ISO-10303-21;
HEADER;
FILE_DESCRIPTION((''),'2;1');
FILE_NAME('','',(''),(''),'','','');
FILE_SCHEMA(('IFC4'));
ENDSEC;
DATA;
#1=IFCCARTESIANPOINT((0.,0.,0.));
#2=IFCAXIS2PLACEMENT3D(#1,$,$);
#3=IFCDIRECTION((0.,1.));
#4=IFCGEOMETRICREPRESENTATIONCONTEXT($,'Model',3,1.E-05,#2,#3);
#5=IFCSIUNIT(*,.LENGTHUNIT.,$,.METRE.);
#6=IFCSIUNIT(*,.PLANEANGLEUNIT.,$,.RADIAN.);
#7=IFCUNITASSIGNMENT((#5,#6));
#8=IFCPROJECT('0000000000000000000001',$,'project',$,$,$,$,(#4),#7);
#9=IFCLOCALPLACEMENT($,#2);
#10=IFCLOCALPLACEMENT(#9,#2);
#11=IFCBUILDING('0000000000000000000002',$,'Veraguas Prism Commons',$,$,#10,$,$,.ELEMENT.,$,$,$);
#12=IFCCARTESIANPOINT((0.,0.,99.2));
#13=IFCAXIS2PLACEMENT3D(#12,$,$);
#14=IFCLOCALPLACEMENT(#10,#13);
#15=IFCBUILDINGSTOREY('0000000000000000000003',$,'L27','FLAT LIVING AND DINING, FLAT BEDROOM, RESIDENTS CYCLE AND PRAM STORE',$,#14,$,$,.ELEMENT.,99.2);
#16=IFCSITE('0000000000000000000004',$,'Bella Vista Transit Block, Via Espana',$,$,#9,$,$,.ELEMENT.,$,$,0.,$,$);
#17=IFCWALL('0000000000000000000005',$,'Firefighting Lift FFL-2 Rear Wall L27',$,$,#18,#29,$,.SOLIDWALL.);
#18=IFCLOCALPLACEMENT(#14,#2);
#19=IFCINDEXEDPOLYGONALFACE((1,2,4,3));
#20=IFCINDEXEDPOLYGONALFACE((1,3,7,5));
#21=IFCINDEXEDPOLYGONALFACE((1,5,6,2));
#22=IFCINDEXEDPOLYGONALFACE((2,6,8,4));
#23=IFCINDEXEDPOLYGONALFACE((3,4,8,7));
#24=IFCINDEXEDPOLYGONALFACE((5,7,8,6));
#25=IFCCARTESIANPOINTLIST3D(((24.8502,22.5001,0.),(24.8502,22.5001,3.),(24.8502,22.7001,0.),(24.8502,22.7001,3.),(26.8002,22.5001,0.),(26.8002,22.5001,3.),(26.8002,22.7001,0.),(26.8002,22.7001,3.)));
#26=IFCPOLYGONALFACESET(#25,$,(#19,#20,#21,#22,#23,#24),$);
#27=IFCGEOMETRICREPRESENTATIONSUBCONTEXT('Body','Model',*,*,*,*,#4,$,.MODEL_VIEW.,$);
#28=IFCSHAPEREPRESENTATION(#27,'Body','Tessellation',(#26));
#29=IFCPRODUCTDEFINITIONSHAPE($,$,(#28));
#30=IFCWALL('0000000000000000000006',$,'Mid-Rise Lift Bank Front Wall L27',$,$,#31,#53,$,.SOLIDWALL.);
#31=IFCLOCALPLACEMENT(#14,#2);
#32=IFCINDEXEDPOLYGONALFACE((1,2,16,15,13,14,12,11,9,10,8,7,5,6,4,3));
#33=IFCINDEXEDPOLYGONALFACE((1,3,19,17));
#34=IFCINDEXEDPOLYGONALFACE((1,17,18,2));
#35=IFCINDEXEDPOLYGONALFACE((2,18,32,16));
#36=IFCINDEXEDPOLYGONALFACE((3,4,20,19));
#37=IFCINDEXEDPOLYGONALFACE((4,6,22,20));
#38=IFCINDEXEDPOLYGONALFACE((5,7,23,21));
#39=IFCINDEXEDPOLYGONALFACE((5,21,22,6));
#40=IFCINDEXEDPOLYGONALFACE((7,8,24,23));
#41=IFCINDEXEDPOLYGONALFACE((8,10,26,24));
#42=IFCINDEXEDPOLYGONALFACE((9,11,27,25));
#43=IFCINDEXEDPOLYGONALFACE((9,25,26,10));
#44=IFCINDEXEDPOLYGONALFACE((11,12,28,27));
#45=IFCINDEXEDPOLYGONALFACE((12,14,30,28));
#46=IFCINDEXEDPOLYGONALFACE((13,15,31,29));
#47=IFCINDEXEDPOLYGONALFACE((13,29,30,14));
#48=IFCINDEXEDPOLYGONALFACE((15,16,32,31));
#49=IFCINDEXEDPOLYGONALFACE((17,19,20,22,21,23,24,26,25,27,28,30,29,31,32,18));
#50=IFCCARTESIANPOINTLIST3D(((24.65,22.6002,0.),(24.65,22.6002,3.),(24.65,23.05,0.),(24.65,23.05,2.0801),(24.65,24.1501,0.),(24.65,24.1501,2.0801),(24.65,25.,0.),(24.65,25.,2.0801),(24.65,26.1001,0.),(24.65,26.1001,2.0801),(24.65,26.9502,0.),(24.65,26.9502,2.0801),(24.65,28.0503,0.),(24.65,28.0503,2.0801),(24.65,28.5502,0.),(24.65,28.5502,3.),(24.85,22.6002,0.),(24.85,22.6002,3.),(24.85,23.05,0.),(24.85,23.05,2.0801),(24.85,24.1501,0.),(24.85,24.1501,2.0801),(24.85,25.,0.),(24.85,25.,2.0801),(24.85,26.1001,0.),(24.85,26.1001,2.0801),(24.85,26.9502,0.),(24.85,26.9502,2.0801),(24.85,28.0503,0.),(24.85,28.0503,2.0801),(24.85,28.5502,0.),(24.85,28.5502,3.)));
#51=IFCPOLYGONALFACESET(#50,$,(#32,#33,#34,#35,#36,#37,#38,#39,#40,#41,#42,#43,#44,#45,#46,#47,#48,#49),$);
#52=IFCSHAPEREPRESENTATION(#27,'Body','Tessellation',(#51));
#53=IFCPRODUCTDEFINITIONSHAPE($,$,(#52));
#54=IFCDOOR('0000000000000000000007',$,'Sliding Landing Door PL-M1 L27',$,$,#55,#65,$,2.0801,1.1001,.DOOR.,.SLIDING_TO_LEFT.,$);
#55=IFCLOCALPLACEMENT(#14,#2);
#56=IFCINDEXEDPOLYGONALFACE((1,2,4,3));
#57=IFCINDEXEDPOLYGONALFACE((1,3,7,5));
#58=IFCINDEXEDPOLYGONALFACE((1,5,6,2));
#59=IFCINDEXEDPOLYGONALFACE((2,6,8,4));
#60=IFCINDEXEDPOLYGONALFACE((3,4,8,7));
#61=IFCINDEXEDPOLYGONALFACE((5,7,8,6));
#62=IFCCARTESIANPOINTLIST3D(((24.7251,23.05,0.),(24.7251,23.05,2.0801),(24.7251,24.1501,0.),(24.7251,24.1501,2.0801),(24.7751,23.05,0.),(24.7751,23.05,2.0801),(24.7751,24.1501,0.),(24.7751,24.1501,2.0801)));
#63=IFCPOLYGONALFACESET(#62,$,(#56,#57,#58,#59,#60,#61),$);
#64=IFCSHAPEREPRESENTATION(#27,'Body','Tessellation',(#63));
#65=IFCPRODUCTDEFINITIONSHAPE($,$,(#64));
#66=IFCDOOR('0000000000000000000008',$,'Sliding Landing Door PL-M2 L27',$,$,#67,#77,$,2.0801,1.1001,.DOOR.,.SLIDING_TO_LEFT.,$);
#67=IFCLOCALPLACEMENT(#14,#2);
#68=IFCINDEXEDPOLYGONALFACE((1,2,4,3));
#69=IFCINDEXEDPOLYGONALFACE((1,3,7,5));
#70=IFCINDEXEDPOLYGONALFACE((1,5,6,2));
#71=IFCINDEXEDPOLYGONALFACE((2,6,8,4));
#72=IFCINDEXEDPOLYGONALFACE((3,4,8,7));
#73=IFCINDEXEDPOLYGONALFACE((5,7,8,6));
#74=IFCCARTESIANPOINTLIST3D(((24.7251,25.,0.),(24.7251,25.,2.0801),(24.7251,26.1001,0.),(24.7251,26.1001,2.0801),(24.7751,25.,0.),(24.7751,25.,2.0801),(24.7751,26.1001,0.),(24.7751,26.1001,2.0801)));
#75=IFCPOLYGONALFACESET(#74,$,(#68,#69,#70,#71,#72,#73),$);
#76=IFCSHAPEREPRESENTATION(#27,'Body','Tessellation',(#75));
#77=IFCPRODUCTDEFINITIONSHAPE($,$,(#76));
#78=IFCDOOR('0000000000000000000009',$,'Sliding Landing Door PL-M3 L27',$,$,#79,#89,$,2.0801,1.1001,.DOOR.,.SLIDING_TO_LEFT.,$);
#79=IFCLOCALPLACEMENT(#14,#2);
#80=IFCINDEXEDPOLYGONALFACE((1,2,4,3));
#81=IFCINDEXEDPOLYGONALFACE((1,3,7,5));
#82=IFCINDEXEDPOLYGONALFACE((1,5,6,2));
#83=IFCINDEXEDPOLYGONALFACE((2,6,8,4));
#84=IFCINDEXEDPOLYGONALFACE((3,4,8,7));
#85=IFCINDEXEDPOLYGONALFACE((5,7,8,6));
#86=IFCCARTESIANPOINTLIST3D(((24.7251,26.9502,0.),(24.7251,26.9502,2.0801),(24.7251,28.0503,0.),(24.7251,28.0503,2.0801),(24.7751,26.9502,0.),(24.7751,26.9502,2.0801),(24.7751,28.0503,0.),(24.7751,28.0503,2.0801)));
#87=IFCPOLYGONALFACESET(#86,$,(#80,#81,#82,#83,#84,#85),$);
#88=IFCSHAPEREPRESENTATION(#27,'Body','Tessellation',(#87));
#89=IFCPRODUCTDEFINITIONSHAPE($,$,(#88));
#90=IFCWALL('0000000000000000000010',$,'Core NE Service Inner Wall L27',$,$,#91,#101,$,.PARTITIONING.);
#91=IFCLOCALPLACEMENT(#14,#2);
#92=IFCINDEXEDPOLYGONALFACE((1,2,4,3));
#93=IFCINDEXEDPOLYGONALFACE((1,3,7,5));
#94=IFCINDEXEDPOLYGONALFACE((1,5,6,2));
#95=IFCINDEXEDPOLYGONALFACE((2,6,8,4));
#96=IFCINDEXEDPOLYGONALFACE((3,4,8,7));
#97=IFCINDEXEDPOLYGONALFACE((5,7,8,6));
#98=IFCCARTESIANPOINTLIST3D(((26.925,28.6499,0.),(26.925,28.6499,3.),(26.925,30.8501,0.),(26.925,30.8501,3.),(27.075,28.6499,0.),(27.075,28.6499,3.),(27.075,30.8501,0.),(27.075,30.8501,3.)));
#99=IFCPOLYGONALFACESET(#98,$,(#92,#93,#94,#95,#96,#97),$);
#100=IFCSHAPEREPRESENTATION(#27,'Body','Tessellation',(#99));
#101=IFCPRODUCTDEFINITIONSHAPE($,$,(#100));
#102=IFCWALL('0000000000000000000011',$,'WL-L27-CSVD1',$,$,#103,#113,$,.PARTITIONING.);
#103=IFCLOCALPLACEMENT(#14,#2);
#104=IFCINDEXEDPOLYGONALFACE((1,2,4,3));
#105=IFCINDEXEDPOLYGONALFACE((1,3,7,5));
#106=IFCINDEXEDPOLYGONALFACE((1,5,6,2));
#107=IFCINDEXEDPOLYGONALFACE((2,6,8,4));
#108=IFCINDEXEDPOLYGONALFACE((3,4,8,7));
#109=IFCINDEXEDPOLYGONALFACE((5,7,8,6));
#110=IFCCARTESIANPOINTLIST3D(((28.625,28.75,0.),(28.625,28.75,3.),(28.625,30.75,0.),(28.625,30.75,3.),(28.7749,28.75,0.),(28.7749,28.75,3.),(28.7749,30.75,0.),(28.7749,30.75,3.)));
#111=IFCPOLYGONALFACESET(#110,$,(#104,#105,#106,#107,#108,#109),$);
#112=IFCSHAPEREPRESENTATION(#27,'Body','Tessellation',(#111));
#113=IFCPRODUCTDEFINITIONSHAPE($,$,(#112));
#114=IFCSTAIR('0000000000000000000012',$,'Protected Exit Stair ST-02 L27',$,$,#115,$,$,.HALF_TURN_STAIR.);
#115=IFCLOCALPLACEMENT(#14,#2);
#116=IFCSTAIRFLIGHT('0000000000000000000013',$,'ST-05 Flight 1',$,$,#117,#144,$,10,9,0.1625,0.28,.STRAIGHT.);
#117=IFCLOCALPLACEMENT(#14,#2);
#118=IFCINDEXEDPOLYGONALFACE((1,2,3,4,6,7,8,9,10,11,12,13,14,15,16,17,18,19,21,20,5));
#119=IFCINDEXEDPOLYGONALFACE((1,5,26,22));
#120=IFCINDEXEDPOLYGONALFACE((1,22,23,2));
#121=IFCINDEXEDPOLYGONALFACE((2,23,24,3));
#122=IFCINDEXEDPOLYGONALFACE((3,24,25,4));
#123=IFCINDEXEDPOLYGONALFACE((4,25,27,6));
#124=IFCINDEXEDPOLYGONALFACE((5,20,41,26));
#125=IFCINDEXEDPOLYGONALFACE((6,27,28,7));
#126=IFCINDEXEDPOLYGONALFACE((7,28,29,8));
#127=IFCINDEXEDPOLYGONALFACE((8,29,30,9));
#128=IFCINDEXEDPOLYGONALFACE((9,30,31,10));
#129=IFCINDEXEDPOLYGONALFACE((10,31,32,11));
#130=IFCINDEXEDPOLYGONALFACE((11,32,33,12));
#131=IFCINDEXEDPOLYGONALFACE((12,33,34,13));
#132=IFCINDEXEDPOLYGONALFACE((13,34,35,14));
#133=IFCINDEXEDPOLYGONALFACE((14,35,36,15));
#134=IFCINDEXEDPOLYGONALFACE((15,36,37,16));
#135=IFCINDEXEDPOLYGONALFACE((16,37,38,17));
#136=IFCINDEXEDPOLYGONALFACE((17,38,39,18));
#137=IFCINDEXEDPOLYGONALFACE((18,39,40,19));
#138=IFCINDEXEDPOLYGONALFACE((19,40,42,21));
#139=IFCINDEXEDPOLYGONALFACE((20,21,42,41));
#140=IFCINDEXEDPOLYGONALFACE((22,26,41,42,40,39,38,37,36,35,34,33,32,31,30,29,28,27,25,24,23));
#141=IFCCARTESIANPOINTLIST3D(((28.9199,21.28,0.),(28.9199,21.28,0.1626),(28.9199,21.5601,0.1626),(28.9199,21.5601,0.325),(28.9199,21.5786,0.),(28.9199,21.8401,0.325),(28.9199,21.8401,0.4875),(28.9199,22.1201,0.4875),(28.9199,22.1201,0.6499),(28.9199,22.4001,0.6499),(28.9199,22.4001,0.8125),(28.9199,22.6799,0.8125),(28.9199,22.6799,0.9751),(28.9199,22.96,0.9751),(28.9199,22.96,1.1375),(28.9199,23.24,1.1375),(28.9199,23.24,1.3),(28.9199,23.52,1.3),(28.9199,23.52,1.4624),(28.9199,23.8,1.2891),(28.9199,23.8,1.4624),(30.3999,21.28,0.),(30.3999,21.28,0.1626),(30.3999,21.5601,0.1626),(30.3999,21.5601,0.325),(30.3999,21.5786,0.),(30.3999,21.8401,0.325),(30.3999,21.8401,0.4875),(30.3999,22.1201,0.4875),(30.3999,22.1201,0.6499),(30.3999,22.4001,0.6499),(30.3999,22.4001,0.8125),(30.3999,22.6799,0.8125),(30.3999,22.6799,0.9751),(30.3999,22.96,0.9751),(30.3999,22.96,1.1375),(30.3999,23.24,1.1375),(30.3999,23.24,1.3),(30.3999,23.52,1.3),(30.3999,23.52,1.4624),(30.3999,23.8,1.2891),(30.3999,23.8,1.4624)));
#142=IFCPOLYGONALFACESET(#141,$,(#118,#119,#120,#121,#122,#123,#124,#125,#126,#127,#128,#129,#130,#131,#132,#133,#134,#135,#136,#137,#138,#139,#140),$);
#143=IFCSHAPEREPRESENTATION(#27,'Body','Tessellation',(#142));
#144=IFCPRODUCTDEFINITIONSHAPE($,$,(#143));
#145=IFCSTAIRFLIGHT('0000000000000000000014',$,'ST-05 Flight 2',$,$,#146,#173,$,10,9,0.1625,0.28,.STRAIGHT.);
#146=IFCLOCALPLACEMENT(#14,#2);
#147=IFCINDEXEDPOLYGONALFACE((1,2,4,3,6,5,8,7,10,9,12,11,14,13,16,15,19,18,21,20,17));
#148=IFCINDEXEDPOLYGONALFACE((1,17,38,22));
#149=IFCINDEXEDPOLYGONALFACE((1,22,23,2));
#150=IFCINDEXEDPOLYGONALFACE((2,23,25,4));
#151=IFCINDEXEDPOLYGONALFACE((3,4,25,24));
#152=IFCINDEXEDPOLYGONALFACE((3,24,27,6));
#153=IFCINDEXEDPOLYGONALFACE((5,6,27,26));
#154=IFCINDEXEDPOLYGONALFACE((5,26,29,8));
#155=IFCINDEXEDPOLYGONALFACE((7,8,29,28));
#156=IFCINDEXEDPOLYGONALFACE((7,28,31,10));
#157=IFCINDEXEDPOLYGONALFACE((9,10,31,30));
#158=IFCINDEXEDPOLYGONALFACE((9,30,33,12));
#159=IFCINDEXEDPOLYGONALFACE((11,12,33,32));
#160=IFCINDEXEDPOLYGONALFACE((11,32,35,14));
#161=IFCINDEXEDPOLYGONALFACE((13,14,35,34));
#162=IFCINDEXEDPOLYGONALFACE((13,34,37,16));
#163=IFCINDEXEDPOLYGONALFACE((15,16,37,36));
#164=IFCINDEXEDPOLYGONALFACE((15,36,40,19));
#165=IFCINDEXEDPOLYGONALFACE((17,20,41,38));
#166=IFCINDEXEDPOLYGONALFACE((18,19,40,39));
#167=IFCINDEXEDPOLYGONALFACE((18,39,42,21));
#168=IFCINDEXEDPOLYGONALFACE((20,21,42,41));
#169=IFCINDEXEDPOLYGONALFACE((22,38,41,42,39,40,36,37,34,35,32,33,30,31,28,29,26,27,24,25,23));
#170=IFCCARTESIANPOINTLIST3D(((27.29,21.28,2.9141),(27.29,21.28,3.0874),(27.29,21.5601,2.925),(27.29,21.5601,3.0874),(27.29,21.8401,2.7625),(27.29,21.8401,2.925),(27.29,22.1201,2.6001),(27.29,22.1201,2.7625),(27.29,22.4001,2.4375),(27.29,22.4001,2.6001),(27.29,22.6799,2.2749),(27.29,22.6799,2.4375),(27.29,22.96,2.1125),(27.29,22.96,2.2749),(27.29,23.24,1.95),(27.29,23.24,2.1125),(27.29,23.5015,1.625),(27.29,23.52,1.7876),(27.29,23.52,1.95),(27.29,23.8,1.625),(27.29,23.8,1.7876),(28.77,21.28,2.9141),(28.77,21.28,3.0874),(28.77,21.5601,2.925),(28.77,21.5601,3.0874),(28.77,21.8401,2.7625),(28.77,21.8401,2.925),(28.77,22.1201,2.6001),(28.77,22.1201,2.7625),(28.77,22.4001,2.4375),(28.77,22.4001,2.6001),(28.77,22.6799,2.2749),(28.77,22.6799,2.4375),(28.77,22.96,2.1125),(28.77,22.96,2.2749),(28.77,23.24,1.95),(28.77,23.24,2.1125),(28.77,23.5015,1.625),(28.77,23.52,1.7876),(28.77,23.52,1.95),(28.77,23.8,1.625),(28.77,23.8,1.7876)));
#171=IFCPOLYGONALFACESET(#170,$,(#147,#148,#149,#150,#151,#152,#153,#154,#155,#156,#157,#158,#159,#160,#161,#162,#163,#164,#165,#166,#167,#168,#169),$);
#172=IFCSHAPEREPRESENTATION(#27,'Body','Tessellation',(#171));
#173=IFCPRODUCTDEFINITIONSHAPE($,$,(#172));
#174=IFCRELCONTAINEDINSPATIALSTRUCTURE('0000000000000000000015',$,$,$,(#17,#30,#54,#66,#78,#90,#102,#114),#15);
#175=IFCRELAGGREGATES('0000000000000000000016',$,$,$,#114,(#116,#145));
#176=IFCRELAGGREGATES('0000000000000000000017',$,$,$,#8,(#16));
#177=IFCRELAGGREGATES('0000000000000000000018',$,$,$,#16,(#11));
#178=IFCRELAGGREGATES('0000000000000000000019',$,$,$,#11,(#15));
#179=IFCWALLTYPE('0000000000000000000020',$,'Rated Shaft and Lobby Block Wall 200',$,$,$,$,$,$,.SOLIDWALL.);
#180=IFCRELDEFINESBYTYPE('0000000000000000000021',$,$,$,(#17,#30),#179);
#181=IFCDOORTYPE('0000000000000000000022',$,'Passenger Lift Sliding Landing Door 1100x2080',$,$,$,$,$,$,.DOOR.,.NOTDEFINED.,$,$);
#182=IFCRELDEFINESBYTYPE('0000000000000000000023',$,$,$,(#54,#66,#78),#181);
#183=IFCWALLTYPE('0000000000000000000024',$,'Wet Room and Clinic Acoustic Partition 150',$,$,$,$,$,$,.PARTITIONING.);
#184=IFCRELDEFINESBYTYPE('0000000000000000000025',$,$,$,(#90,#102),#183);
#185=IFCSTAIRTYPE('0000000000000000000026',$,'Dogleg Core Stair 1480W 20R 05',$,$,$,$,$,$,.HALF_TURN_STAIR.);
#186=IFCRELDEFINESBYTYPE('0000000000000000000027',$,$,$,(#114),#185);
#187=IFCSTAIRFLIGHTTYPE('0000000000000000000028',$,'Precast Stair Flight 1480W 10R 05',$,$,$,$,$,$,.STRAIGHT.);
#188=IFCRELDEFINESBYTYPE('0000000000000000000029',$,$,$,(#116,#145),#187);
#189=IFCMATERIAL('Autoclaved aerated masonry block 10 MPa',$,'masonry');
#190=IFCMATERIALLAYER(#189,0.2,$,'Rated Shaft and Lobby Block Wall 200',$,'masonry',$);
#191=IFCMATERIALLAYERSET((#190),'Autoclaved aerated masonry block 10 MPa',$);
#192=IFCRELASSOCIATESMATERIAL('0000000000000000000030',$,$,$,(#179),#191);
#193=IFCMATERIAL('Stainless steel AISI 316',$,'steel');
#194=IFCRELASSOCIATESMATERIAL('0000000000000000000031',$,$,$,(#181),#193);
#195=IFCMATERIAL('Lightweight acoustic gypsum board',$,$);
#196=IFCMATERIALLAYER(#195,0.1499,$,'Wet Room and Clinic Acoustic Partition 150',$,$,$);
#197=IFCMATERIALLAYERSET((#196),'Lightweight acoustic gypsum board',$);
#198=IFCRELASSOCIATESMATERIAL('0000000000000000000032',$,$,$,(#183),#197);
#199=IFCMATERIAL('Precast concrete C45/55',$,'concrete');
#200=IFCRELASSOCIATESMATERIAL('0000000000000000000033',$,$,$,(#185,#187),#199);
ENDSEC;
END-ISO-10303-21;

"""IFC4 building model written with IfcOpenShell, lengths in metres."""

from ifc_helpers import new_model, si_unit, direction, frame, frame_2d, origin, place, context, subcontext, project, spatial, polyline, rectangle, outline, extrude, source, transform, mapped, material, layer, layer_set, type_object, element, fill, aggregate, save


model = new_model("IFC4")

# Units and contexts
model_context = context("Model", 3, precision=1e-05, world=origin(), true_north=direction((0.0, 1.0)))
body_context = subcontext(model_context, "Body", "Model", "MODEL_VIEW")
ifc_project = project(units=[si_unit("LENGTHUNIT", "METRE"), si_unit("PLANEANGLEUNIT", "RADIAN")], contexts=[model_context])

# Site, building, storey
site_placement = place(None, origin())
site = spatial("IfcSite", under=ifc_project, at=site_placement, Name="Bella Vista Transit Block, Via Espana", CompositionType="ELEMENT", RefElevation=0.0)
building_placement = place(site_placement, origin())
building = spatial("IfcBuilding", under=site, at=building_placement, Name="Veraguas Prism Commons", CompositionType="ELEMENT")
storey_placement = place(building_placement, frame((0.0, 0.0, 99.2)))
storey = spatial("IfcBuildingStorey", under=building, at=storey_placement, Name="L27", Description="FLAT LIVING AND DINING, FLAT BEDROOM, RESIDENTS CYCLE AND PRAM STORE", CompositionType="ELEMENT", Elevation=99.2)

# Shared definitions
ifc_material_1 = material(Name="Autoclaved aerated masonry block 10 MPa", Category="masonry")

# Wall
ifc_material_2 = material(Name="Lightweight acoustic gypsum board")
ifc_layer_1 = layer(ifc_material_1, 0.2, Name="Rated Shaft and Lobby Block Wall 200", Category="masonry")
ifc_layer_set_1 = layer_set([ifc_layer_1], Name="Autoclaved aerated masonry block 10 MPa")
wall_type_1 = type_object("IfcWallType", Name="Rated Shaft and Lobby Block Wall 200", PredefinedType="SOLIDWALL", material=ifc_layer_set_1)
wall_1_placement = place(storey_placement, frame((24.8501, 22.6001, 0.0), z_axis=(0.0, 0.0, 1.0), x_axis=(1.0, 0.0, 0.0)))
element("IfcWall", 1, at=wall_1_placement, inside=storey, type_object=wall_type_1, Name="Firefighting Lift FFL-2 Rear Wall L27", PredefinedType="SOLIDWALL", context=body_context, shape_type="SweptSolid", body=[
    extrude(rectangle(XDim=1.95, YDim=0.2, at=frame_2d((0.9751, 0.0))), origin(), (0.0, 0.0, 1.0), 3.0),
])

# Wall, openings, doors
wall_2_placement = place(storey_placement, frame((24.75, 22.6001, 0.0), z_axis=(0.0, 0.0, 1.0), x_axis=(0.0, 1.0, 0.0)))
wall_2 = element("IfcWall", 2, at=wall_2_placement, inside=storey, type_object=wall_type_1, Name="Mid-Rise Lift Bank Front Wall L27", PredefinedType="SOLIDWALL", context=body_context, shape_type="SweptSolid", body=[
    extrude(rectangle(XDim=5.95, YDim=0.2, at=frame_2d((2.9751, 0.0))), origin(), (0.0, 0.0, 1.0), 3.0),
])
opening_1_placement = place(wall_2_placement, frame((0.45, 0.0, 0.0)))
opening_1 = element("IfcOpeningElement", 3, at=opening_1_placement, cuts=wall_2, PredefinedType="OPENING", context=body_context, shape_type="SweptSolid", body=[
    extrude(rectangle(XDim=1.1001, YDim=2.0801, at=frame_2d((0.55, 1.04))), frame((0.0, 0.1099, 0.0), z_axis=(0.0, -1.0, 0.0), x_axis=(1.0, 0.0, 0.0)), (0.0, 0.0, 1.0), 0.22),
])
opening_2_placement = place(wall_2_placement, frame((2.3999, 0.0, 0.0)))
opening_2 = element("IfcOpeningElement", 4, at=opening_2_placement, cuts=wall_2, PredefinedType="OPENING", context=body_context, shape_type="SweptSolid", body=[
    extrude(rectangle(XDim=1.1001, YDim=2.0801, at=frame_2d((0.55, 1.04))), frame((0.0, 0.1099, 0.0), z_axis=(0.0, -1.0, 0.0), x_axis=(1.0, 0.0, 0.0)), (0.0, 0.0, 1.0), 0.22),
])
opening_3_placement = place(wall_2_placement, frame((4.3501, 0.0, 0.0)))
opening_3 = element("IfcOpeningElement", 5, at=opening_3_placement, cuts=wall_2, PredefinedType="OPENING", context=body_context, shape_type="SweptSolid", body=[
    extrude(rectangle(XDim=1.1001, YDim=2.0801, at=frame_2d((0.55, 1.04))), frame((0.0, 0.1099, 0.0), z_axis=(0.0, -1.0, 0.0), x_axis=(1.0, 0.0, 0.0)), (0.0, 0.0, 1.0), 0.22),
])
ifc_material_3 = material(Name="Stainless steel AISI 316", Category="steel")
door_type_1 = type_object("IfcDoorType", Name="Passenger Lift Sliding Landing Door 1100x2080", OperationType="NOTDEFINED", PredefinedType="DOOR", material=ifc_material_3)
shared_shape_1 = source(origin(), body_context, "Body", "SweptSolid", [
    extrude(rectangle(XDim=1.1001, YDim=2.0801, at=frame_2d((0.55, 1.04))), frame((0.0, 0.0249, 0.0), z_axis=(0.0, -1.0, 0.0), x_axis=(1.0, 0.0, 0.0)), (0.0, 0.0, 1.0), 0.05),
])
door_1_placement = place(opening_1_placement, origin())
door_1 = element("IfcDoor", 6, at=door_1_placement, inside=storey, type_object=door_type_1, Name="Sliding Landing Door PL-M1 L27", OperationType="SLIDING_TO_LEFT", OverallHeight=2.0801, OverallWidth=1.1001, PredefinedType="DOOR", context=body_context, shape_type="MappedRepresentation", body=[
    mapped(shared_shape_1, transform((0.0, 0.0, 0.0), scale=1.0)),
])
fill(opening_1, door_1)
door_2_placement = place(opening_2_placement, origin())
door_2 = element("IfcDoor", 7, at=door_2_placement, inside=storey, type_object=door_type_1, Name="Sliding Landing Door PL-M2 L27", OperationType="SLIDING_TO_LEFT", OverallHeight=2.0801, OverallWidth=1.1001, PredefinedType="DOOR", context=body_context, shape_type="MappedRepresentation", body=[
    mapped(shared_shape_1, transform((0.0, 0.0, 0.0), scale=1.0)),
])
fill(opening_2, door_2)
door_3_placement = place(opening_3_placement, origin())
door_3 = element("IfcDoor", 8, at=door_3_placement, inside=storey, type_object=door_type_1, Name="Sliding Landing Door PL-M3 L27", OperationType="SLIDING_TO_LEFT", OverallHeight=2.0801, OverallWidth=1.1001, PredefinedType="DOOR", context=body_context, shape_type="MappedRepresentation", body=[
    mapped(shared_shape_1, transform((0.0, 0.0, 0.0), scale=1.0)),
])
fill(opening_3, door_3)

# Walls
ifc_layer_2 = layer(ifc_material_2, 0.1499, Name="Wet Room and Clinic Acoustic Partition 150")
ifc_layer_set_2 = layer_set([ifc_layer_2], Name="Lightweight acoustic gypsum board")
wall_type_2 = type_object("IfcWallType", Name="Wet Room and Clinic Acoustic Partition 150", PredefinedType="PARTITIONING", material=ifc_layer_set_2)
wall_3_placement = place(storey_placement, frame((27.0, 28.6499, 0.0), z_axis=(0.0, 0.0, 1.0), x_axis=(0.0, 1.0, 0.0)))
element("IfcWall", 9, at=wall_3_placement, inside=storey, type_object=wall_type_2, Name="Core NE Service Inner Wall L27", PredefinedType="PARTITIONING", context=body_context, shape_type="SweptSolid", body=[
    extrude(rectangle(XDim=2.2002, YDim=0.1499, at=frame_2d((1.1001, 0.0))), origin(), (0.0, 0.0, 1.0), 3.0),
])
wall_4_placement = place(storey_placement, frame((28.7, 28.75, 0.0), z_axis=(0.0, 0.0, 1.0), x_axis=(0.0, 1.0, 0.0)))
element("IfcWall", 10, at=wall_4_placement, inside=storey, type_object=wall_type_2, Name="WL-L27-CSVD1", PredefinedType="PARTITIONING", context=body_context, shape_type="SweptSolid", body=[
    extrude(rectangle(XDim=2.0, YDim=0.1499, at=frame_2d((1.0, 0.0))), origin(), (0.0, 0.0, 1.0), 3.0),
])

# Stair, stair flights
ifc_material_4 = material(Name="Precast concrete C45/55", Category="concrete")
stair_type = type_object("IfcStairType", Name="Dogleg Core Stair 1480W 20R 05", PredefinedType="HALF_TURN_STAIR", material=ifc_material_4)
stair_placement = place(storey_placement, origin())
stair = element("IfcStair", 11, at=stair_placement, inside=storey, type_object=stair_type, Name="Protected Exit Stair ST-02 L27", PredefinedType="HALF_TURN_STAIR")
stair_flight_type = type_object("IfcStairFlightType", Name="Precast Stair Flight 1480W 10R 05", PredefinedType="STRAIGHT", material=ifc_material_4)
stair_flight_1_placement = place(storey_placement, frame((29.6599, 21.28, 0.0), z_axis=(0.0, 0.0, 1.0), x_axis=(0.0, 1.0, 0.0)))
stair_flight_1 = element("IfcStairFlight", 12, at=stair_flight_1_placement, type_object=stair_flight_type, Name="ST-05 Flight 1", NumberOfRisers=10, NumberOfTreads=9, PredefinedType="STRAIGHT", RiserHeight=0.1625, TreadLength=0.28, context=body_context, shape_type="SweptSolid", body=[
    extrude(outline(polyline([(0.0, 0.0), (0.0, 0.1626), (0.28, 0.1626), (0.28, 0.325), (0.5601, 0.325), (0.5601, 0.4875), (0.8401, 0.4875), (0.8401, 0.6499), (1.1201, 0.6499), (1.1201, 0.8125), (1.3999, 0.8125), (1.3999, 0.9751), (1.6799, 0.9751), (1.6799, 1.1375), (1.96, 1.1375), (1.96, 1.3), (2.24, 1.3), (2.24, 1.4624), (2.52, 1.4624), (2.52, 1.625), (2.52, 1.2891), (0.2986, 0.0), (0.0, 0.0)])), frame((0.0, 0.74, 0.0), z_axis=(0.0, -1.0, 0.0), x_axis=(1.0, 0.0, 0.0)), (0.0, 0.0, 1.0), 1.48),
])
stair_flight_2_placement = place(storey_placement, frame((28.03, 23.8, 1.625), z_axis=(0.0, 0.0, 1.0), x_axis=(0.0, -1.0, 0.0)))
stair_flight_2 = element("IfcStairFlight", 13, at=stair_flight_2_placement, type_object=stair_flight_type, Name="ST-05 Flight 2", NumberOfRisers=10, NumberOfTreads=9, PredefinedType="STRAIGHT", RiserHeight=0.1625, TreadLength=0.28, context=body_context, shape_type="SweptSolid", body=[
    extrude(outline(polyline([(0.0, 0.0), (0.0, 0.1626), (0.28, 0.1626), (0.28, 0.325), (0.5601, 0.325), (0.5601, 0.4875), (0.8401, 0.4875), (0.8401, 0.6499), (1.1201, 0.6499), (1.1201, 0.8125), (1.3999, 0.8125), (1.3999, 0.9751), (1.6799, 0.9751), (1.6799, 1.1375), (1.96, 1.1375), (1.96, 1.3), (2.24, 1.3), (2.24, 1.4624), (2.52, 1.4624), (2.52, 1.625), (2.52, 1.2891), (0.2986, 0.0), (0.0, 0.0)])), frame((0.0, 0.74, 0.0), z_axis=(0.0, -1.0, 0.0), x_axis=(1.0, 0.0, 0.0)), (0.0, 0.0, 1.0), 1.48),
])
aggregate(stair, [stair_flight_1, stair_flight_2])

save(model, "model.ifc")
